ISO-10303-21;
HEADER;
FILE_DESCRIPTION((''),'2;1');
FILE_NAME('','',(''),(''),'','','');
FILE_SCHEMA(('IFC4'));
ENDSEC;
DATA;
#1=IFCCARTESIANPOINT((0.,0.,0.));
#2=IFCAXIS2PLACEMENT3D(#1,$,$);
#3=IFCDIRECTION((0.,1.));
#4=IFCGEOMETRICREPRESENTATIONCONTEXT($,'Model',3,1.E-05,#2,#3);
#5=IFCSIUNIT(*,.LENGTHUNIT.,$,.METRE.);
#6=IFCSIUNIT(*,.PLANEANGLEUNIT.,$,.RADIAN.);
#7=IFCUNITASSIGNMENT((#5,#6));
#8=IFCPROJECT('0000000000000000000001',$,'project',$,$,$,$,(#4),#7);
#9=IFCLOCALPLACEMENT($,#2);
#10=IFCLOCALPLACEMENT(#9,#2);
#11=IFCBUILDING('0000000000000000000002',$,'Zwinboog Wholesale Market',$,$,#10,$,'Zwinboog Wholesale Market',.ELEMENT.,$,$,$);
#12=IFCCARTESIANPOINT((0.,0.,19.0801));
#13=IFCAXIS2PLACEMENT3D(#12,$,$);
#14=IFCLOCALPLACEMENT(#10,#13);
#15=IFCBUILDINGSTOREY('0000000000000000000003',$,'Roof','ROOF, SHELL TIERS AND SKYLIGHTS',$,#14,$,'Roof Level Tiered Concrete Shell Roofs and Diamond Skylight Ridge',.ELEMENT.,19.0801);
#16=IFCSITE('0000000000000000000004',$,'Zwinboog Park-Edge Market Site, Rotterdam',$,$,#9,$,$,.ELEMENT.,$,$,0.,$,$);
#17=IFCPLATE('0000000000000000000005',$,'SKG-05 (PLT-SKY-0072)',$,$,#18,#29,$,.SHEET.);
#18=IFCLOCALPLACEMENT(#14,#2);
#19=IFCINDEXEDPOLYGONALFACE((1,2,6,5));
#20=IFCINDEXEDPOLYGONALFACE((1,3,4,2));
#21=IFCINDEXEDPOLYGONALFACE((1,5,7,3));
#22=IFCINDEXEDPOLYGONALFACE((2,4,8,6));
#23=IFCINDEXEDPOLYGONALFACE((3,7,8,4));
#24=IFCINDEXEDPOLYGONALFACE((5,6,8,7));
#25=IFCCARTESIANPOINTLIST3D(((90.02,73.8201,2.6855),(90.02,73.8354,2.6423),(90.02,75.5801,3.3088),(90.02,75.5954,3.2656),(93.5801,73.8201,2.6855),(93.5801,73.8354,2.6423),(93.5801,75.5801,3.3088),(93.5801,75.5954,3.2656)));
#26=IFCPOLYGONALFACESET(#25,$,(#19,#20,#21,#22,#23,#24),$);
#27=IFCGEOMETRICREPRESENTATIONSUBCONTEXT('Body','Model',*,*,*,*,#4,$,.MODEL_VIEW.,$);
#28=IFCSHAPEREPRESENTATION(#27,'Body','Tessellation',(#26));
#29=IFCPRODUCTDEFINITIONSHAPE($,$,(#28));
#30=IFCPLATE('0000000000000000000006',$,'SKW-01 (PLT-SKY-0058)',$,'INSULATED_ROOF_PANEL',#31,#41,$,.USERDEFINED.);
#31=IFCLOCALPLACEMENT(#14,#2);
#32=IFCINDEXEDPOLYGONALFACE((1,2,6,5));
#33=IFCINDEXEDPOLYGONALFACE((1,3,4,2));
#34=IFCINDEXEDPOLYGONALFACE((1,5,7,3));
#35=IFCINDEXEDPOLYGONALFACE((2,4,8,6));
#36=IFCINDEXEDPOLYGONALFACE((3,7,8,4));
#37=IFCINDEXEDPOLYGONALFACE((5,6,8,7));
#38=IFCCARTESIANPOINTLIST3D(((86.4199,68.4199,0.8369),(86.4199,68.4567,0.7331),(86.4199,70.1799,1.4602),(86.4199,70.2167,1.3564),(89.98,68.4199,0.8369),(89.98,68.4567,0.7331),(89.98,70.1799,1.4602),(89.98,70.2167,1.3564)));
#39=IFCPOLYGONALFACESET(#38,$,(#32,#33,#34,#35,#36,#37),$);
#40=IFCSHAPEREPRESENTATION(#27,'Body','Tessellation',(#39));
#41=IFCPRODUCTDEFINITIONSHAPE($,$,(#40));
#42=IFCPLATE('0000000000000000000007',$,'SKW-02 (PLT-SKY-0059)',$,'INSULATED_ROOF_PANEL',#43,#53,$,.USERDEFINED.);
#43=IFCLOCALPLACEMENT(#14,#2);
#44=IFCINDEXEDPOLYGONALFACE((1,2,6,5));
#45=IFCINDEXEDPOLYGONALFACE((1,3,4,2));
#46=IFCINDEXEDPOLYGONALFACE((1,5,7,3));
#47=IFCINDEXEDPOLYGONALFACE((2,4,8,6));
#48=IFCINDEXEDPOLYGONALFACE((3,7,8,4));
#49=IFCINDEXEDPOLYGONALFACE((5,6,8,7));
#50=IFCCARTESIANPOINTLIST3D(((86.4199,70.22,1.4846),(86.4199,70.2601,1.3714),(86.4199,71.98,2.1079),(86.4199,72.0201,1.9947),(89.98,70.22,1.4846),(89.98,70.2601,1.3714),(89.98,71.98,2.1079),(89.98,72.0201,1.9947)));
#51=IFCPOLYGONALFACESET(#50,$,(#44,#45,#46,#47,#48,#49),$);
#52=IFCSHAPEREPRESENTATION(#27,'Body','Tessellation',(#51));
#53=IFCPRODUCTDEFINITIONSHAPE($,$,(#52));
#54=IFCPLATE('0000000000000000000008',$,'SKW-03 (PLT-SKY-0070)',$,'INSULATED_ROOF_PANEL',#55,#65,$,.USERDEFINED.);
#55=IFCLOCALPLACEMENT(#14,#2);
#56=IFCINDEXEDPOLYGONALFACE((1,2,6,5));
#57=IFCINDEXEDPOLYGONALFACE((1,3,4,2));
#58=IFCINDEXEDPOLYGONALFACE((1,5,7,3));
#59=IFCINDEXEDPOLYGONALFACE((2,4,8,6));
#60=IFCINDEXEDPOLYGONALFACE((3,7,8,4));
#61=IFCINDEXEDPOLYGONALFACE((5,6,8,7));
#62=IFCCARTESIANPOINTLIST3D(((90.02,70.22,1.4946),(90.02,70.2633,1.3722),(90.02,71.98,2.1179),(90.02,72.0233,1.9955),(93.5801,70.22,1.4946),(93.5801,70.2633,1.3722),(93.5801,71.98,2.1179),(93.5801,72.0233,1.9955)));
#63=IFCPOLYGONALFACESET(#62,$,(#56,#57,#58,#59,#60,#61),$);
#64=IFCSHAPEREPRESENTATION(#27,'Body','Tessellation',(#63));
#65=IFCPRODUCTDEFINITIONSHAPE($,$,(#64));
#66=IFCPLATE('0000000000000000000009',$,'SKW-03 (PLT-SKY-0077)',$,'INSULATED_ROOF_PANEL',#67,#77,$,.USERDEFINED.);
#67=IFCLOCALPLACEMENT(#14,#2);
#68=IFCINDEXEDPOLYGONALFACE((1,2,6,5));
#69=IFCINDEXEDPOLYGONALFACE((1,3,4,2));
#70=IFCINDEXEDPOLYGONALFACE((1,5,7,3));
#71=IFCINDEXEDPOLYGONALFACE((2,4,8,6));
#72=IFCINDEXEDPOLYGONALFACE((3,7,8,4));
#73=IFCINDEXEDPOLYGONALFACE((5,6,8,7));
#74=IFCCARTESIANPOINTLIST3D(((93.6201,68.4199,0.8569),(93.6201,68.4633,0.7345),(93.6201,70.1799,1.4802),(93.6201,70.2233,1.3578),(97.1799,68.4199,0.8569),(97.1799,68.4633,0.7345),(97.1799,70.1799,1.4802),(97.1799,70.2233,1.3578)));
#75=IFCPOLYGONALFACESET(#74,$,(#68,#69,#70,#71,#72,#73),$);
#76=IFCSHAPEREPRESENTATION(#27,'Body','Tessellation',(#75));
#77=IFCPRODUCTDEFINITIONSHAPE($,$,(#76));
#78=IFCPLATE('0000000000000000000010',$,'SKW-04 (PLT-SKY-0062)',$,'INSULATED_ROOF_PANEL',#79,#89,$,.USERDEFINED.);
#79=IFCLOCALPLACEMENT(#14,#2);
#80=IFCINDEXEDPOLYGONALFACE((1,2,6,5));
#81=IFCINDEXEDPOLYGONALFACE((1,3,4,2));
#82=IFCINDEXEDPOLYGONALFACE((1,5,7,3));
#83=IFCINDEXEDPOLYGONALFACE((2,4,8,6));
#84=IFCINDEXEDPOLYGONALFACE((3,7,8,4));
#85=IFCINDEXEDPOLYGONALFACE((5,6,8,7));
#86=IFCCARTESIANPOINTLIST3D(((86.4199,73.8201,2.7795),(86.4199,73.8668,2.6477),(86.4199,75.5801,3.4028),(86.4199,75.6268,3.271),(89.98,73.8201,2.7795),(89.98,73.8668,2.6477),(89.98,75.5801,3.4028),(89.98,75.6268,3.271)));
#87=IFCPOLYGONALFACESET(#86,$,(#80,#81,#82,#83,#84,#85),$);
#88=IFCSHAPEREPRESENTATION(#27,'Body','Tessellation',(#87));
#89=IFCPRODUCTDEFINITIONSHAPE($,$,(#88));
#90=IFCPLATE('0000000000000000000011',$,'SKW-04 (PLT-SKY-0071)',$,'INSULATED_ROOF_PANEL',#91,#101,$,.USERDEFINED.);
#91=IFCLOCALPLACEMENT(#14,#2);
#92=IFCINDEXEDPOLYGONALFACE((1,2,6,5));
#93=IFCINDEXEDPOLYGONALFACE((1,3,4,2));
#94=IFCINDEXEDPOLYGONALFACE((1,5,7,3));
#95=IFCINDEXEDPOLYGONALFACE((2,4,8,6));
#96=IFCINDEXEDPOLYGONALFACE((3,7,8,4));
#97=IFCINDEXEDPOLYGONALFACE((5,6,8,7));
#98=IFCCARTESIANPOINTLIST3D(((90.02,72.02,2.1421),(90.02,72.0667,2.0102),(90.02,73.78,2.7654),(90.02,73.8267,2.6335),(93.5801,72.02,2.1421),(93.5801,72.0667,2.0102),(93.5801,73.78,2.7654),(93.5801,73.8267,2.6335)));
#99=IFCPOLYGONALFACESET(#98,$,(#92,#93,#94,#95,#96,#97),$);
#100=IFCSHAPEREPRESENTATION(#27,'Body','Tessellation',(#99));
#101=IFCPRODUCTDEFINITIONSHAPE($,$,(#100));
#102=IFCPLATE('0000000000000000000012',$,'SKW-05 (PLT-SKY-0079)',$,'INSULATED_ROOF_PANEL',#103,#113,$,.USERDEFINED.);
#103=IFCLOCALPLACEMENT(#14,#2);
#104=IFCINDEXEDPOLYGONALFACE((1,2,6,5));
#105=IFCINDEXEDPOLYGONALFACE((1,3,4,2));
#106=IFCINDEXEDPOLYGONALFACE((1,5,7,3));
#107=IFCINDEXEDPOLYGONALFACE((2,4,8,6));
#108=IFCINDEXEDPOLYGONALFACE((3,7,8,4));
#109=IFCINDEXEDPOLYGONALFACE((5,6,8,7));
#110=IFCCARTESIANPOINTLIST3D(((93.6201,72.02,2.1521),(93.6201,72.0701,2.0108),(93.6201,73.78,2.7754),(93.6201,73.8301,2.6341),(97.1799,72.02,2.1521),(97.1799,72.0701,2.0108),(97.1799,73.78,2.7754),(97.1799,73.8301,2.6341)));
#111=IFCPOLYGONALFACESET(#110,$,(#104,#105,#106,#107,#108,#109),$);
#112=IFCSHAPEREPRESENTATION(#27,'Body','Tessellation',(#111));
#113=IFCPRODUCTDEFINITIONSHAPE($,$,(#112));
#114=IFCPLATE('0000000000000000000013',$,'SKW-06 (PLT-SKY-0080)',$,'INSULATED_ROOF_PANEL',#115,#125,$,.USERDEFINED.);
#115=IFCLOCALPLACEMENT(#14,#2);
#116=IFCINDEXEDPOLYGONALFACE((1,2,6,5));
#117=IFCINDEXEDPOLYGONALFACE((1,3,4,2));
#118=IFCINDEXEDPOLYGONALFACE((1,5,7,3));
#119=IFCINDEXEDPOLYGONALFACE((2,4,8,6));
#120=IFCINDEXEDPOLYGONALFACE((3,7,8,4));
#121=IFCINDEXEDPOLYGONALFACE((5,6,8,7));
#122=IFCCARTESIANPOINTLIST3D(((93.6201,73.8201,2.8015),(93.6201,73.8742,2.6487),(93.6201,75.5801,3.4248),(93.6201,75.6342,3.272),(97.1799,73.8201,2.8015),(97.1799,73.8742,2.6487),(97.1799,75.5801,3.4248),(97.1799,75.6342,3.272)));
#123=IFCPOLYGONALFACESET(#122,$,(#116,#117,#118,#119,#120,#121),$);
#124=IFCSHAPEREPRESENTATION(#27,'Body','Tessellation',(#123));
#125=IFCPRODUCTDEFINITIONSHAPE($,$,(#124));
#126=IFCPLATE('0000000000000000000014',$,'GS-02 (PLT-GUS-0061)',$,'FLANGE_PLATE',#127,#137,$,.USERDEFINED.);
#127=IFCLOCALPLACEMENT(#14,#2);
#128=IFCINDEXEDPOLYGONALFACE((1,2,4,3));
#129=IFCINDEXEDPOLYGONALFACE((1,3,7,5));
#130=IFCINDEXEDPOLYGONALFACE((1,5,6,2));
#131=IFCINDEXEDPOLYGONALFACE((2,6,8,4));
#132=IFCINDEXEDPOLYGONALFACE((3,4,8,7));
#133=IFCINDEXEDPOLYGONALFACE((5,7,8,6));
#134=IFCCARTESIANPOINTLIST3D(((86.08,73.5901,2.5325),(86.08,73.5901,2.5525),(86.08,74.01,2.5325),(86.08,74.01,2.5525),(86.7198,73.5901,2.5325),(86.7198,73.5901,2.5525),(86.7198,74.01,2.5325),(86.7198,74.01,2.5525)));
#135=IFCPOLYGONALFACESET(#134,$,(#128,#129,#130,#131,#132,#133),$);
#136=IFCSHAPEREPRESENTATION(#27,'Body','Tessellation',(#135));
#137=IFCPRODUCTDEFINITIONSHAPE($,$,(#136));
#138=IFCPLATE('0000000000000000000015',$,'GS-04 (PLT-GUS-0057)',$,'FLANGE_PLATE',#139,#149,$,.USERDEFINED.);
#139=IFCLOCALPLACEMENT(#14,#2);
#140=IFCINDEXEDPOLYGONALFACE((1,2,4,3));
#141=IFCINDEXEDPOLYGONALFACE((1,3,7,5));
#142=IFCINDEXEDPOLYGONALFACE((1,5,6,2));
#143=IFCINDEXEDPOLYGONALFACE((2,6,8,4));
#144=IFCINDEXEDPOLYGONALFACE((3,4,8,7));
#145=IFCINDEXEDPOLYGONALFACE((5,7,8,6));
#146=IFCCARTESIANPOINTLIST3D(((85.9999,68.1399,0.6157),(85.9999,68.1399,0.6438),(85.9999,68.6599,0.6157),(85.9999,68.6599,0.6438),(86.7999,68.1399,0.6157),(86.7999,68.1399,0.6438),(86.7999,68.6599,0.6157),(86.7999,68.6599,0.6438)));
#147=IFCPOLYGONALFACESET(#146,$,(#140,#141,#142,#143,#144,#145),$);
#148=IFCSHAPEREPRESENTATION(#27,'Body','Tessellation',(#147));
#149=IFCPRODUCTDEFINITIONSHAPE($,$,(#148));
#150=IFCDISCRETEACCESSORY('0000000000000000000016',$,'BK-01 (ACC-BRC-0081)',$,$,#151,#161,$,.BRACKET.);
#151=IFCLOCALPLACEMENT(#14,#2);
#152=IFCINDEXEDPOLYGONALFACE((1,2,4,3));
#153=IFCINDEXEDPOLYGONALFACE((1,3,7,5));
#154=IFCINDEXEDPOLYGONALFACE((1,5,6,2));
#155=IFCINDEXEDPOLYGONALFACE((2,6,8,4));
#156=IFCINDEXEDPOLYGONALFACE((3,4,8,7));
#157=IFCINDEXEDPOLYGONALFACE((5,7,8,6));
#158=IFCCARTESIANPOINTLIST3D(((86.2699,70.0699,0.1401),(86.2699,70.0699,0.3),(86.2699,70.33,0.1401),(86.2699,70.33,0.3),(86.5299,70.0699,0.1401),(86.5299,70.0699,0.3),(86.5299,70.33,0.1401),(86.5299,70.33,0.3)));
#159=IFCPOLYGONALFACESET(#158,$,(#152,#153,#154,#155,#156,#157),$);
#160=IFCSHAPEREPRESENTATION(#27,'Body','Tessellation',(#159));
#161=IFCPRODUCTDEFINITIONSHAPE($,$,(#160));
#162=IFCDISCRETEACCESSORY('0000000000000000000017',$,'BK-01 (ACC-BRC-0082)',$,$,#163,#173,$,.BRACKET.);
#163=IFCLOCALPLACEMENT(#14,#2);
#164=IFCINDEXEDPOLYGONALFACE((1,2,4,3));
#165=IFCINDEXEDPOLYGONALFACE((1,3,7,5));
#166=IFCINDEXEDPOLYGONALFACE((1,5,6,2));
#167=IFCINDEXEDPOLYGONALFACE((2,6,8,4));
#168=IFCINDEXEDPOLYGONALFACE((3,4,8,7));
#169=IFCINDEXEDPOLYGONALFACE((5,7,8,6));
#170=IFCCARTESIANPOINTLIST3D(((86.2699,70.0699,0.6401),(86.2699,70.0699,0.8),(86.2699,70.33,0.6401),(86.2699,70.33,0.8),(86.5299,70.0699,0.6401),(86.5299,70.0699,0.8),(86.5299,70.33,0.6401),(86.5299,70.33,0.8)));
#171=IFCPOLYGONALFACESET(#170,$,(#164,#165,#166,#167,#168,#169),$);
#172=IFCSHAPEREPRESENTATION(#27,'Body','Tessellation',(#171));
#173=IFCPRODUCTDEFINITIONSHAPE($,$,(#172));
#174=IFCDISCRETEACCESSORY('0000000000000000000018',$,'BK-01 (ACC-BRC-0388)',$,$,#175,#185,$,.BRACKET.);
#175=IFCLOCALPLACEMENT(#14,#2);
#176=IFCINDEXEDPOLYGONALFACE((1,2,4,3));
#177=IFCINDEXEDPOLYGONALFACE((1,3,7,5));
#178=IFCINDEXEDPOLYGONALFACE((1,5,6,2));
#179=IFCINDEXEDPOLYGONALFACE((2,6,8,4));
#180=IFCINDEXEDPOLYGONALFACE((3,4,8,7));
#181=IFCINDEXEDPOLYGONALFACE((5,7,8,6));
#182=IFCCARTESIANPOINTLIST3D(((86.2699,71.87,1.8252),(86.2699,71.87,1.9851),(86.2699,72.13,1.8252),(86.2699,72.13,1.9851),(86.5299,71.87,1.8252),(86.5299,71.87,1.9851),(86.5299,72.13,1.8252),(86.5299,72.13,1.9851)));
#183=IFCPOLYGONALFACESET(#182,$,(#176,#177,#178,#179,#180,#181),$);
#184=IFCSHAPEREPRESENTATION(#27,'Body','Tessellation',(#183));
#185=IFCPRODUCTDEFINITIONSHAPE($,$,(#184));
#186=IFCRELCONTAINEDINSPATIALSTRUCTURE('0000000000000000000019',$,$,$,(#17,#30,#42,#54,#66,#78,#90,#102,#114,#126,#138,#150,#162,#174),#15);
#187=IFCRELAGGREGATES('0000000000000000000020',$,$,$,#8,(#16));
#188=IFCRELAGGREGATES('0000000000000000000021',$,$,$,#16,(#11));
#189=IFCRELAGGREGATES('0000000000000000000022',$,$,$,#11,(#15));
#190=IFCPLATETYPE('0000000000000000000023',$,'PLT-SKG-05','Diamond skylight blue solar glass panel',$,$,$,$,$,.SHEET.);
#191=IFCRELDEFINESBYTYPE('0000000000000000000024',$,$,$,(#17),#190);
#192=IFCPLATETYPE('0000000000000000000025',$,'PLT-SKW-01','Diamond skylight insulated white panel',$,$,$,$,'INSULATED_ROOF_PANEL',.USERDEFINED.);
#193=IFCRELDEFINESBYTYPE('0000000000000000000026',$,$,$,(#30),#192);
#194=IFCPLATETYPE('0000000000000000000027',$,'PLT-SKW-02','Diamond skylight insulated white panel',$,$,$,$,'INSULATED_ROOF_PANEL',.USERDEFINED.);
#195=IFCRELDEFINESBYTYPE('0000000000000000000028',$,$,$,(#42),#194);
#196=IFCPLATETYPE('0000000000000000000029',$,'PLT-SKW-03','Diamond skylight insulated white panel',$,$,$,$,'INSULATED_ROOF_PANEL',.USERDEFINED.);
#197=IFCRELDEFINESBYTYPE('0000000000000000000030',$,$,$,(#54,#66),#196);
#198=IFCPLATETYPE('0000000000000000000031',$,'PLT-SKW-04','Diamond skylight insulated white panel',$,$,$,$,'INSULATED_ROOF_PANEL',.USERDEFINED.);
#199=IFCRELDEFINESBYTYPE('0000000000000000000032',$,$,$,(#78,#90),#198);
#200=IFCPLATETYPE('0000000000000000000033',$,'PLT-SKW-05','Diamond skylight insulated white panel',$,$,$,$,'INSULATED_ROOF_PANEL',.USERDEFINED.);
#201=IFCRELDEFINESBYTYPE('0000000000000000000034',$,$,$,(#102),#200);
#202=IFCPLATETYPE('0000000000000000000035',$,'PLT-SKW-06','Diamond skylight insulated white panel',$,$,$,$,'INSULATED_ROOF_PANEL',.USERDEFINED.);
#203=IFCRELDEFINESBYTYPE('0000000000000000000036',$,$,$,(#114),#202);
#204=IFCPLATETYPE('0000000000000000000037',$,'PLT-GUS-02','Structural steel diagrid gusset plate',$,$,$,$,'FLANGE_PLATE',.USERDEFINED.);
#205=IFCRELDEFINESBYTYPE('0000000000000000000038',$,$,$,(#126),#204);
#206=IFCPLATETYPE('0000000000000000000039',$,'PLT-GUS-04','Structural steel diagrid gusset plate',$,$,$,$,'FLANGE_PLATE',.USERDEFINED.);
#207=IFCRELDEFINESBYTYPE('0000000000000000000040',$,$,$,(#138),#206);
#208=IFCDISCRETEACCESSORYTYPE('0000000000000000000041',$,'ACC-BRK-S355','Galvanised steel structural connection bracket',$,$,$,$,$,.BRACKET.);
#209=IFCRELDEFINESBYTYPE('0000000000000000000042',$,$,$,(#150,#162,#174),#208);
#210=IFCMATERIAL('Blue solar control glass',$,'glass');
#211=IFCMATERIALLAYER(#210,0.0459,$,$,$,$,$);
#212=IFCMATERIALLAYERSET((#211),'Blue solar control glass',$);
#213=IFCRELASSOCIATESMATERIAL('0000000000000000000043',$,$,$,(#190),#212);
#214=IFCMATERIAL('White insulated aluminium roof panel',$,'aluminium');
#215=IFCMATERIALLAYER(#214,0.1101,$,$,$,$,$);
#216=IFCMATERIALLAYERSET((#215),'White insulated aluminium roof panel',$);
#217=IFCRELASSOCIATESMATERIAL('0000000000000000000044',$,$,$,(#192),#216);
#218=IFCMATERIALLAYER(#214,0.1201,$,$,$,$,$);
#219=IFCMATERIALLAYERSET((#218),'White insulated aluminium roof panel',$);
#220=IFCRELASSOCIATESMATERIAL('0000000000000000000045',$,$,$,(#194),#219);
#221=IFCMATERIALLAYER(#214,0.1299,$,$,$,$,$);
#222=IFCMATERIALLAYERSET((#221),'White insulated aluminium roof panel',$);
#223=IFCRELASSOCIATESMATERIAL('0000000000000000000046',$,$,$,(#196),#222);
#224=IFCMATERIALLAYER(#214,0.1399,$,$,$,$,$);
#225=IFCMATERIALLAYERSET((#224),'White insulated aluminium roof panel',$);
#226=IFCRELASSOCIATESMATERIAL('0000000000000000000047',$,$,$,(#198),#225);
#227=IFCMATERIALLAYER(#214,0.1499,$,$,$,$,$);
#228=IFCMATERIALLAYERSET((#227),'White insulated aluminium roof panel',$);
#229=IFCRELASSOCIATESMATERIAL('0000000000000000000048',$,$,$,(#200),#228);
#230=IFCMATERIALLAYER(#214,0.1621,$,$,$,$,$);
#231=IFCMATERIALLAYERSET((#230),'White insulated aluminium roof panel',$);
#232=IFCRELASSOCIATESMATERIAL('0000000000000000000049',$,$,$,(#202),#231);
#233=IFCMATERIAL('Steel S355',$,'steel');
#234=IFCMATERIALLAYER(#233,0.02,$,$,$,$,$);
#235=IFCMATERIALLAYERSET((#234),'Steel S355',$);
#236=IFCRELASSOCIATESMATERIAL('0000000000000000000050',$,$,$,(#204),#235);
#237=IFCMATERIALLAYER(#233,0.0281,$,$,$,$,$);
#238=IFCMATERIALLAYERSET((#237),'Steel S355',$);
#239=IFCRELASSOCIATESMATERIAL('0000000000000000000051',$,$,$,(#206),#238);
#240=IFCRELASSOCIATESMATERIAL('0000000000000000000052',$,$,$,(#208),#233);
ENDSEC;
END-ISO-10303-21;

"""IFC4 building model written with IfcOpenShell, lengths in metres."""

from ifc_helpers import new_model, si_unit, direction, frame, origin, origin_2d, place, context, subcontext, project, spatial, polyline, rectangle, outline, extrude, material, layer, layer_set, type_object, element, save


model = new_model("IFC4")

# Units and contexts
model_context = context("Model", 3, precision=1e-05, world=origin(), true_north=direction((0.0, 1.0)))
body_context = subcontext(model_context, "Body", "Model", "MODEL_VIEW")
ifc_project = project(units=[si_unit("LENGTHUNIT", "METRE"), si_unit("PLANEANGLEUNIT", "RADIAN")], contexts=[model_context])

# Site, building, storey
site_placement = place(None, origin())
site = spatial("IfcSite", under=ifc_project, at=site_placement, Name="Zwinboog Park-Edge Market Site, Rotterdam", CompositionType="ELEMENT", RefElevation=0.0)
building_placement = place(site_placement, origin())
building = spatial("IfcBuilding", under=site, at=building_placement, Name="Zwinboog Wholesale Market", LongName="Zwinboog Wholesale Market", CompositionType="ELEMENT")
storey_placement = place(building_placement, frame((0.0, 0.0, 19.0801)))
storey = spatial("IfcBuildingStorey", under=building, at=storey_placement, Name="Roof", Description="ROOF, SHELL TIERS AND SKYLIGHTS", LongName="Roof Level Tiered Concrete Shell Roofs and Diamond Skylight Ridge", CompositionType="ELEMENT", Elevation=19.0801)

# Shared definitions
ifc_material_1 = material(Name="Steel S355", Category="steel")

# Plates
ifc_material_2 = material(Name="Blue solar control glass", Category="glass")
ifc_layer_1 = layer(ifc_material_2, 0.0459)
ifc_layer_set_1 = layer_set([ifc_layer_1], Name="Blue solar control glass")
plate_type_1 = type_object("IfcPlateType", Name="PLT-SKG-05", Description="Diamond skylight blue solar glass panel", PredefinedType="SHEET", material=ifc_layer_set_1)
plate_1_placement = place(storey_placement, frame((90.02, 73.8201, 2.6855), z_axis=(0.0, -0.333825, 0.942635), x_axis=(1.0, 0.0, 0.0)))
element("IfcPlate", 1, at=plate_1_placement, inside=storey, type_object=plate_type_1, Name="SKG-05 (PLT-SKY-0072)", PredefinedType="SHEET", context=body_context, shape_type="SweptSolid", body=[
    extrude(outline(polyline([(0.0, 0.0), (3.5601, 0.0), (3.5601, 1.8671), (0.0, 1.8671), (0.0, 0.0)])), origin(), (0.0, 0.0, -1.0), 0.0459),
])
ifc_material_3 = material(Name="White insulated aluminium roof panel", Category="aluminium")
ifc_layer_2 = layer(ifc_material_3, 0.1101)
ifc_layer_set_2 = layer_set([ifc_layer_2], Name="White insulated aluminium roof panel")
plate_type_2 = type_object("IfcPlateType", Name="PLT-SKW-01", Description="Diamond skylight insulated white panel", ElementType="INSULATED_ROOF_PANEL", PredefinedType="USERDEFINED", material=ifc_layer_set_2)
plate_2_placement = place(storey_placement, frame((86.4199, 68.4199, 0.8369), z_axis=(0.0, -0.333825, 0.942635), x_axis=(1.0, 0.0, 0.0)))
element("IfcPlate", 2, at=plate_2_placement, inside=storey, type_object=plate_type_2, Name="SKW-01 (PLT-SKY-0058)", ObjectType="INSULATED_ROOF_PANEL", PredefinedType="USERDEFINED", context=body_context, shape_type="SweptSolid", body=[
    extrude(outline(polyline([(0.0, 0.0), (3.5601, 0.0), (3.5601, 1.8671), (0.0, 1.8671), (0.0, 0.0)])), origin(), (0.0, 0.0, -1.0), 0.1101),
])
ifc_layer_3 = layer(ifc_material_3, 0.1201)
ifc_layer_set_3 = layer_set([ifc_layer_3], Name="White insulated aluminium roof panel")
plate_type_3 = type_object("IfcPlateType", Name="PLT-SKW-02", Description="Diamond skylight insulated white panel", ElementType="INSULATED_ROOF_PANEL", PredefinedType="USERDEFINED", material=ifc_layer_set_3)
plate_3_placement = place(storey_placement, frame((86.4199, 70.22, 1.4846), z_axis=(0.0, -0.333825, 0.942635), x_axis=(1.0, 0.0, 0.0)))
element("IfcPlate", 3, at=plate_3_placement, inside=storey, type_object=plate_type_3, Name="SKW-02 (PLT-SKY-0059)", ObjectType="INSULATED_ROOF_PANEL", PredefinedType="USERDEFINED", context=body_context, shape_type="SweptSolid", body=[
    extrude(outline(polyline([(0.0, 0.0), (3.5601, 0.0), (3.5601, 1.8671), (0.0, 1.8671), (0.0, 0.0)])), origin(), (0.0, 0.0, -1.0), 0.1201),
])
ifc_layer_4 = layer(ifc_material_3, 0.1299)
ifc_layer_set_4 = layer_set([ifc_layer_4], Name="White insulated aluminium roof panel")
plate_type_4 = type_object("IfcPlateType", Name="PLT-SKW-03", Description="Diamond skylight insulated white panel", ElementType="INSULATED_ROOF_PANEL", PredefinedType="USERDEFINED", material=ifc_layer_set_4)
plate_4_placement = place(storey_placement, frame((90.02, 70.22, 1.4946), z_axis=(0.0, -0.333825, 0.942635), x_axis=(1.0, 0.0, 0.0)))
element("IfcPlate", 4, at=plate_4_placement, inside=storey, type_object=plate_type_4, Name="SKW-03 (PLT-SKY-0070)", ObjectType="INSULATED_ROOF_PANEL", PredefinedType="USERDEFINED", context=body_context, shape_type="SweptSolid", body=[
    extrude(outline(polyline([(0.0, 0.0), (3.5601, 0.0), (3.5601, 1.8671), (0.0, 1.8671), (0.0, 0.0)])), origin(), (0.0, 0.0, -1.0), 0.1299),
])
plate_5_placement = place(storey_placement, frame((93.6201, 68.4199, 0.8569), z_axis=(0.0, -0.333825, 0.942635), x_axis=(1.0, 0.0, 0.0)))
element("IfcPlate", 5, at=plate_5_placement, inside=storey, type_object=plate_type_4, Name="SKW-03 (PLT-SKY-0077)", ObjectType="INSULATED_ROOF_PANEL", PredefinedType="USERDEFINED", context=body_context, shape_type="SweptSolid", body=[
    extrude(outline(polyline([(0.0, 0.0), (3.5598, 0.0), (3.5598, 1.8671), (0.0, 1.8671), (0.0, 0.0)])), origin(), (0.0, 0.0, -1.0), 0.1299),
])
ifc_layer_5 = layer(ifc_material_3, 0.1399)
ifc_layer_set_5 = layer_set([ifc_layer_5], Name="White insulated aluminium roof panel")
plate_type_5 = type_object("IfcPlateType", Name="PLT-SKW-04", Description="Diamond skylight insulated white panel", ElementType="INSULATED_ROOF_PANEL", PredefinedType="USERDEFINED", material=ifc_layer_set_5)
for number, where, z_axis, x_axis, name in (
    (6, (86.4199, 73.8201, 2.7795), (0.0, -0.333825, 0.942635), (1.0, 0.0, 0.0), "SKW-04 (PLT-SKY-0062)"),
    (7, (90.02, 72.02, 2.1421), (0.0, -0.333825, 0.942635), (1.0, 0.0, 0.0), "SKW-04 (PLT-SKY-0071)"),
):
    element("IfcPlate", number, at=place(storey_placement, frame(where, z_axis=z_axis, x_axis=x_axis)), inside=storey, type_object=plate_type_5, Name=name, ObjectType="INSULATED_ROOF_PANEL", PredefinedType="USERDEFINED", context=body_context, shape_type="SweptSolid", body=[
        extrude(outline(polyline([(0.0, 0.0), (3.5601, 0.0), (3.5601, 1.8671), (0.0, 1.8671), (0.0, 0.0)])), origin(), (0.0, 0.0, -1.0), 0.1399),
    ])
ifc_layer_6 = layer(ifc_material_3, 0.1499)
ifc_layer_set_6 = layer_set([ifc_layer_6], Name="White insulated aluminium roof panel")
plate_type_6 = type_object("IfcPlateType", Name="PLT-SKW-05", Description="Diamond skylight insulated white panel", ElementType="INSULATED_ROOF_PANEL", PredefinedType="USERDEFINED", material=ifc_layer_set_6)
plate_6_placement = place(storey_placement, frame((93.6201, 72.02, 2.1521), z_axis=(0.0, -0.333825, 0.942635), x_axis=(1.0, 0.0, 0.0)))
element("IfcPlate", 8, at=plate_6_placement, inside=storey, type_object=plate_type_6, Name="SKW-05 (PLT-SKY-0079)", ObjectType="INSULATED_ROOF_PANEL", PredefinedType="USERDEFINED", context=body_context, shape_type="SweptSolid", body=[
    extrude(outline(polyline([(0.0, 0.0), (3.5598, 0.0), (3.5598, 1.8671), (0.0, 1.8671), (0.0, 0.0)])), origin(), (0.0, 0.0, -1.0), 0.1499),
])
ifc_layer_7 = layer(ifc_material_3, 0.1621)
ifc_layer_set_7 = layer_set([ifc_layer_7], Name="White insulated aluminium roof panel")
plate_type_7 = type_object("IfcPlateType", Name="PLT-SKW-06", Description="Diamond skylight insulated white panel", ElementType="INSULATED_ROOF_PANEL", PredefinedType="USERDEFINED", material=ifc_layer_set_7)
plate_7_placement = place(storey_placement, frame((93.6201, 73.8201, 2.8015), z_axis=(0.0, -0.333825, 0.942635), x_axis=(1.0, 0.0, 0.0)))
element("IfcPlate", 9, at=plate_7_placement, inside=storey, type_object=plate_type_7, Name="SKW-06 (PLT-SKY-0080)", ObjectType="INSULATED_ROOF_PANEL", PredefinedType="USERDEFINED", context=body_context, shape_type="SweptSolid", body=[
    extrude(outline(polyline([(0.0, 0.0), (3.5598, 0.0), (3.5598, 1.8671), (0.0, 1.8671), (0.0, 0.0)])), origin(), (0.0, 0.0, -1.0), 0.1621),
])
ifc_layer_8 = layer(ifc_material_1, 0.02)
ifc_layer_set_8 = layer_set([ifc_layer_8], Name="Steel S355")
plate_type_8 = type_object("IfcPlateType", Name="PLT-GUS-02", Description="Structural steel diagrid gusset plate", ElementType="FLANGE_PLATE", PredefinedType="USERDEFINED", material=ifc_layer_set_8)
plate_8_placement = place(storey_placement, frame((86.3999, 73.8, 2.5325), z_axis=(0.0, 0.0, 1.0), x_axis=(1.0, 0.0, 0.0)))
element("IfcPlate", 10, at=plate_8_placement, inside=storey, type_object=plate_type_8, Name="GS-02 (PLT-GUS-0061)", ObjectType="FLANGE_PLATE", PredefinedType="USERDEFINED", context=body_context, shape_type="SweptSolid", body=[
    extrude(rectangle(XDim=0.6399, YDim=0.4199, at=origin_2d()), origin(), (0.0, 0.0, 1.0), 0.02),
])
ifc_layer_9 = layer(ifc_material_1, 0.0281)
ifc_layer_set_9 = layer_set([ifc_layer_9], Name="Steel S355")
plate_type_9 = type_object("IfcPlateType", Name="PLT-GUS-04", Description="Structural steel diagrid gusset plate", ElementType="FLANGE_PLATE", PredefinedType="USERDEFINED", material=ifc_layer_set_9)
plate_9_placement = place(storey_placement, frame((86.3999, 68.3999, 0.6157), z_axis=(0.0, 0.0, 1.0), x_axis=(1.0, 0.0, 0.0)))
element("IfcPlate", 11, at=plate_9_placement, inside=storey, type_object=plate_type_9, Name="GS-04 (PLT-GUS-0057)", ObjectType="FLANGE_PLATE", PredefinedType="USERDEFINED", context=body_context, shape_type="SweptSolid", body=[
    extrude(rectangle(XDim=0.8, YDim=0.52, at=origin_2d()), origin(), (0.0, 0.0, 1.0), 0.0281),
])

# Discrete accessories
discrete_accessory_type = type_object("IfcDiscreteAccessoryType", Name="ACC-BRK-S355", Description="Galvanised steel structural connection bracket", PredefinedType="BRACKET", material=ifc_material_1)
for number, where, z_axis, x_axis, name in (
    (12, (86.3999, 70.2, 0.1401), (0.0, 0.0, 1.0), (1.0, 0.0, 0.0), "BK-01 (ACC-BRC-0081)"),
    (13, (86.3999, 70.2, 0.6401), (0.0, 0.0, 1.0), (1.0, 0.0, 0.0), "BK-01 (ACC-BRC-0082)"),
    (14, (86.3999, 72.0, 1.8252), (0.0, 0.0, 1.0), (1.0, 0.0, 0.0), "BK-01 (ACC-BRC-0388)"),
):
    element("IfcDiscreteAccessory", number, at=place(storey_placement, frame(where, z_axis=z_axis, x_axis=x_axis)), inside=storey, type_object=discrete_accessory_type, Name=name, PredefinedType="BRACKET", context=body_context, shape_type="SweptSolid", body=[
        extrude(rectangle(XDim=0.26, YDim=0.26, at=origin_2d()), origin(), (0.0, 0.0, 1.0), 0.1599),
    ])

save(model, "model.ifc")
